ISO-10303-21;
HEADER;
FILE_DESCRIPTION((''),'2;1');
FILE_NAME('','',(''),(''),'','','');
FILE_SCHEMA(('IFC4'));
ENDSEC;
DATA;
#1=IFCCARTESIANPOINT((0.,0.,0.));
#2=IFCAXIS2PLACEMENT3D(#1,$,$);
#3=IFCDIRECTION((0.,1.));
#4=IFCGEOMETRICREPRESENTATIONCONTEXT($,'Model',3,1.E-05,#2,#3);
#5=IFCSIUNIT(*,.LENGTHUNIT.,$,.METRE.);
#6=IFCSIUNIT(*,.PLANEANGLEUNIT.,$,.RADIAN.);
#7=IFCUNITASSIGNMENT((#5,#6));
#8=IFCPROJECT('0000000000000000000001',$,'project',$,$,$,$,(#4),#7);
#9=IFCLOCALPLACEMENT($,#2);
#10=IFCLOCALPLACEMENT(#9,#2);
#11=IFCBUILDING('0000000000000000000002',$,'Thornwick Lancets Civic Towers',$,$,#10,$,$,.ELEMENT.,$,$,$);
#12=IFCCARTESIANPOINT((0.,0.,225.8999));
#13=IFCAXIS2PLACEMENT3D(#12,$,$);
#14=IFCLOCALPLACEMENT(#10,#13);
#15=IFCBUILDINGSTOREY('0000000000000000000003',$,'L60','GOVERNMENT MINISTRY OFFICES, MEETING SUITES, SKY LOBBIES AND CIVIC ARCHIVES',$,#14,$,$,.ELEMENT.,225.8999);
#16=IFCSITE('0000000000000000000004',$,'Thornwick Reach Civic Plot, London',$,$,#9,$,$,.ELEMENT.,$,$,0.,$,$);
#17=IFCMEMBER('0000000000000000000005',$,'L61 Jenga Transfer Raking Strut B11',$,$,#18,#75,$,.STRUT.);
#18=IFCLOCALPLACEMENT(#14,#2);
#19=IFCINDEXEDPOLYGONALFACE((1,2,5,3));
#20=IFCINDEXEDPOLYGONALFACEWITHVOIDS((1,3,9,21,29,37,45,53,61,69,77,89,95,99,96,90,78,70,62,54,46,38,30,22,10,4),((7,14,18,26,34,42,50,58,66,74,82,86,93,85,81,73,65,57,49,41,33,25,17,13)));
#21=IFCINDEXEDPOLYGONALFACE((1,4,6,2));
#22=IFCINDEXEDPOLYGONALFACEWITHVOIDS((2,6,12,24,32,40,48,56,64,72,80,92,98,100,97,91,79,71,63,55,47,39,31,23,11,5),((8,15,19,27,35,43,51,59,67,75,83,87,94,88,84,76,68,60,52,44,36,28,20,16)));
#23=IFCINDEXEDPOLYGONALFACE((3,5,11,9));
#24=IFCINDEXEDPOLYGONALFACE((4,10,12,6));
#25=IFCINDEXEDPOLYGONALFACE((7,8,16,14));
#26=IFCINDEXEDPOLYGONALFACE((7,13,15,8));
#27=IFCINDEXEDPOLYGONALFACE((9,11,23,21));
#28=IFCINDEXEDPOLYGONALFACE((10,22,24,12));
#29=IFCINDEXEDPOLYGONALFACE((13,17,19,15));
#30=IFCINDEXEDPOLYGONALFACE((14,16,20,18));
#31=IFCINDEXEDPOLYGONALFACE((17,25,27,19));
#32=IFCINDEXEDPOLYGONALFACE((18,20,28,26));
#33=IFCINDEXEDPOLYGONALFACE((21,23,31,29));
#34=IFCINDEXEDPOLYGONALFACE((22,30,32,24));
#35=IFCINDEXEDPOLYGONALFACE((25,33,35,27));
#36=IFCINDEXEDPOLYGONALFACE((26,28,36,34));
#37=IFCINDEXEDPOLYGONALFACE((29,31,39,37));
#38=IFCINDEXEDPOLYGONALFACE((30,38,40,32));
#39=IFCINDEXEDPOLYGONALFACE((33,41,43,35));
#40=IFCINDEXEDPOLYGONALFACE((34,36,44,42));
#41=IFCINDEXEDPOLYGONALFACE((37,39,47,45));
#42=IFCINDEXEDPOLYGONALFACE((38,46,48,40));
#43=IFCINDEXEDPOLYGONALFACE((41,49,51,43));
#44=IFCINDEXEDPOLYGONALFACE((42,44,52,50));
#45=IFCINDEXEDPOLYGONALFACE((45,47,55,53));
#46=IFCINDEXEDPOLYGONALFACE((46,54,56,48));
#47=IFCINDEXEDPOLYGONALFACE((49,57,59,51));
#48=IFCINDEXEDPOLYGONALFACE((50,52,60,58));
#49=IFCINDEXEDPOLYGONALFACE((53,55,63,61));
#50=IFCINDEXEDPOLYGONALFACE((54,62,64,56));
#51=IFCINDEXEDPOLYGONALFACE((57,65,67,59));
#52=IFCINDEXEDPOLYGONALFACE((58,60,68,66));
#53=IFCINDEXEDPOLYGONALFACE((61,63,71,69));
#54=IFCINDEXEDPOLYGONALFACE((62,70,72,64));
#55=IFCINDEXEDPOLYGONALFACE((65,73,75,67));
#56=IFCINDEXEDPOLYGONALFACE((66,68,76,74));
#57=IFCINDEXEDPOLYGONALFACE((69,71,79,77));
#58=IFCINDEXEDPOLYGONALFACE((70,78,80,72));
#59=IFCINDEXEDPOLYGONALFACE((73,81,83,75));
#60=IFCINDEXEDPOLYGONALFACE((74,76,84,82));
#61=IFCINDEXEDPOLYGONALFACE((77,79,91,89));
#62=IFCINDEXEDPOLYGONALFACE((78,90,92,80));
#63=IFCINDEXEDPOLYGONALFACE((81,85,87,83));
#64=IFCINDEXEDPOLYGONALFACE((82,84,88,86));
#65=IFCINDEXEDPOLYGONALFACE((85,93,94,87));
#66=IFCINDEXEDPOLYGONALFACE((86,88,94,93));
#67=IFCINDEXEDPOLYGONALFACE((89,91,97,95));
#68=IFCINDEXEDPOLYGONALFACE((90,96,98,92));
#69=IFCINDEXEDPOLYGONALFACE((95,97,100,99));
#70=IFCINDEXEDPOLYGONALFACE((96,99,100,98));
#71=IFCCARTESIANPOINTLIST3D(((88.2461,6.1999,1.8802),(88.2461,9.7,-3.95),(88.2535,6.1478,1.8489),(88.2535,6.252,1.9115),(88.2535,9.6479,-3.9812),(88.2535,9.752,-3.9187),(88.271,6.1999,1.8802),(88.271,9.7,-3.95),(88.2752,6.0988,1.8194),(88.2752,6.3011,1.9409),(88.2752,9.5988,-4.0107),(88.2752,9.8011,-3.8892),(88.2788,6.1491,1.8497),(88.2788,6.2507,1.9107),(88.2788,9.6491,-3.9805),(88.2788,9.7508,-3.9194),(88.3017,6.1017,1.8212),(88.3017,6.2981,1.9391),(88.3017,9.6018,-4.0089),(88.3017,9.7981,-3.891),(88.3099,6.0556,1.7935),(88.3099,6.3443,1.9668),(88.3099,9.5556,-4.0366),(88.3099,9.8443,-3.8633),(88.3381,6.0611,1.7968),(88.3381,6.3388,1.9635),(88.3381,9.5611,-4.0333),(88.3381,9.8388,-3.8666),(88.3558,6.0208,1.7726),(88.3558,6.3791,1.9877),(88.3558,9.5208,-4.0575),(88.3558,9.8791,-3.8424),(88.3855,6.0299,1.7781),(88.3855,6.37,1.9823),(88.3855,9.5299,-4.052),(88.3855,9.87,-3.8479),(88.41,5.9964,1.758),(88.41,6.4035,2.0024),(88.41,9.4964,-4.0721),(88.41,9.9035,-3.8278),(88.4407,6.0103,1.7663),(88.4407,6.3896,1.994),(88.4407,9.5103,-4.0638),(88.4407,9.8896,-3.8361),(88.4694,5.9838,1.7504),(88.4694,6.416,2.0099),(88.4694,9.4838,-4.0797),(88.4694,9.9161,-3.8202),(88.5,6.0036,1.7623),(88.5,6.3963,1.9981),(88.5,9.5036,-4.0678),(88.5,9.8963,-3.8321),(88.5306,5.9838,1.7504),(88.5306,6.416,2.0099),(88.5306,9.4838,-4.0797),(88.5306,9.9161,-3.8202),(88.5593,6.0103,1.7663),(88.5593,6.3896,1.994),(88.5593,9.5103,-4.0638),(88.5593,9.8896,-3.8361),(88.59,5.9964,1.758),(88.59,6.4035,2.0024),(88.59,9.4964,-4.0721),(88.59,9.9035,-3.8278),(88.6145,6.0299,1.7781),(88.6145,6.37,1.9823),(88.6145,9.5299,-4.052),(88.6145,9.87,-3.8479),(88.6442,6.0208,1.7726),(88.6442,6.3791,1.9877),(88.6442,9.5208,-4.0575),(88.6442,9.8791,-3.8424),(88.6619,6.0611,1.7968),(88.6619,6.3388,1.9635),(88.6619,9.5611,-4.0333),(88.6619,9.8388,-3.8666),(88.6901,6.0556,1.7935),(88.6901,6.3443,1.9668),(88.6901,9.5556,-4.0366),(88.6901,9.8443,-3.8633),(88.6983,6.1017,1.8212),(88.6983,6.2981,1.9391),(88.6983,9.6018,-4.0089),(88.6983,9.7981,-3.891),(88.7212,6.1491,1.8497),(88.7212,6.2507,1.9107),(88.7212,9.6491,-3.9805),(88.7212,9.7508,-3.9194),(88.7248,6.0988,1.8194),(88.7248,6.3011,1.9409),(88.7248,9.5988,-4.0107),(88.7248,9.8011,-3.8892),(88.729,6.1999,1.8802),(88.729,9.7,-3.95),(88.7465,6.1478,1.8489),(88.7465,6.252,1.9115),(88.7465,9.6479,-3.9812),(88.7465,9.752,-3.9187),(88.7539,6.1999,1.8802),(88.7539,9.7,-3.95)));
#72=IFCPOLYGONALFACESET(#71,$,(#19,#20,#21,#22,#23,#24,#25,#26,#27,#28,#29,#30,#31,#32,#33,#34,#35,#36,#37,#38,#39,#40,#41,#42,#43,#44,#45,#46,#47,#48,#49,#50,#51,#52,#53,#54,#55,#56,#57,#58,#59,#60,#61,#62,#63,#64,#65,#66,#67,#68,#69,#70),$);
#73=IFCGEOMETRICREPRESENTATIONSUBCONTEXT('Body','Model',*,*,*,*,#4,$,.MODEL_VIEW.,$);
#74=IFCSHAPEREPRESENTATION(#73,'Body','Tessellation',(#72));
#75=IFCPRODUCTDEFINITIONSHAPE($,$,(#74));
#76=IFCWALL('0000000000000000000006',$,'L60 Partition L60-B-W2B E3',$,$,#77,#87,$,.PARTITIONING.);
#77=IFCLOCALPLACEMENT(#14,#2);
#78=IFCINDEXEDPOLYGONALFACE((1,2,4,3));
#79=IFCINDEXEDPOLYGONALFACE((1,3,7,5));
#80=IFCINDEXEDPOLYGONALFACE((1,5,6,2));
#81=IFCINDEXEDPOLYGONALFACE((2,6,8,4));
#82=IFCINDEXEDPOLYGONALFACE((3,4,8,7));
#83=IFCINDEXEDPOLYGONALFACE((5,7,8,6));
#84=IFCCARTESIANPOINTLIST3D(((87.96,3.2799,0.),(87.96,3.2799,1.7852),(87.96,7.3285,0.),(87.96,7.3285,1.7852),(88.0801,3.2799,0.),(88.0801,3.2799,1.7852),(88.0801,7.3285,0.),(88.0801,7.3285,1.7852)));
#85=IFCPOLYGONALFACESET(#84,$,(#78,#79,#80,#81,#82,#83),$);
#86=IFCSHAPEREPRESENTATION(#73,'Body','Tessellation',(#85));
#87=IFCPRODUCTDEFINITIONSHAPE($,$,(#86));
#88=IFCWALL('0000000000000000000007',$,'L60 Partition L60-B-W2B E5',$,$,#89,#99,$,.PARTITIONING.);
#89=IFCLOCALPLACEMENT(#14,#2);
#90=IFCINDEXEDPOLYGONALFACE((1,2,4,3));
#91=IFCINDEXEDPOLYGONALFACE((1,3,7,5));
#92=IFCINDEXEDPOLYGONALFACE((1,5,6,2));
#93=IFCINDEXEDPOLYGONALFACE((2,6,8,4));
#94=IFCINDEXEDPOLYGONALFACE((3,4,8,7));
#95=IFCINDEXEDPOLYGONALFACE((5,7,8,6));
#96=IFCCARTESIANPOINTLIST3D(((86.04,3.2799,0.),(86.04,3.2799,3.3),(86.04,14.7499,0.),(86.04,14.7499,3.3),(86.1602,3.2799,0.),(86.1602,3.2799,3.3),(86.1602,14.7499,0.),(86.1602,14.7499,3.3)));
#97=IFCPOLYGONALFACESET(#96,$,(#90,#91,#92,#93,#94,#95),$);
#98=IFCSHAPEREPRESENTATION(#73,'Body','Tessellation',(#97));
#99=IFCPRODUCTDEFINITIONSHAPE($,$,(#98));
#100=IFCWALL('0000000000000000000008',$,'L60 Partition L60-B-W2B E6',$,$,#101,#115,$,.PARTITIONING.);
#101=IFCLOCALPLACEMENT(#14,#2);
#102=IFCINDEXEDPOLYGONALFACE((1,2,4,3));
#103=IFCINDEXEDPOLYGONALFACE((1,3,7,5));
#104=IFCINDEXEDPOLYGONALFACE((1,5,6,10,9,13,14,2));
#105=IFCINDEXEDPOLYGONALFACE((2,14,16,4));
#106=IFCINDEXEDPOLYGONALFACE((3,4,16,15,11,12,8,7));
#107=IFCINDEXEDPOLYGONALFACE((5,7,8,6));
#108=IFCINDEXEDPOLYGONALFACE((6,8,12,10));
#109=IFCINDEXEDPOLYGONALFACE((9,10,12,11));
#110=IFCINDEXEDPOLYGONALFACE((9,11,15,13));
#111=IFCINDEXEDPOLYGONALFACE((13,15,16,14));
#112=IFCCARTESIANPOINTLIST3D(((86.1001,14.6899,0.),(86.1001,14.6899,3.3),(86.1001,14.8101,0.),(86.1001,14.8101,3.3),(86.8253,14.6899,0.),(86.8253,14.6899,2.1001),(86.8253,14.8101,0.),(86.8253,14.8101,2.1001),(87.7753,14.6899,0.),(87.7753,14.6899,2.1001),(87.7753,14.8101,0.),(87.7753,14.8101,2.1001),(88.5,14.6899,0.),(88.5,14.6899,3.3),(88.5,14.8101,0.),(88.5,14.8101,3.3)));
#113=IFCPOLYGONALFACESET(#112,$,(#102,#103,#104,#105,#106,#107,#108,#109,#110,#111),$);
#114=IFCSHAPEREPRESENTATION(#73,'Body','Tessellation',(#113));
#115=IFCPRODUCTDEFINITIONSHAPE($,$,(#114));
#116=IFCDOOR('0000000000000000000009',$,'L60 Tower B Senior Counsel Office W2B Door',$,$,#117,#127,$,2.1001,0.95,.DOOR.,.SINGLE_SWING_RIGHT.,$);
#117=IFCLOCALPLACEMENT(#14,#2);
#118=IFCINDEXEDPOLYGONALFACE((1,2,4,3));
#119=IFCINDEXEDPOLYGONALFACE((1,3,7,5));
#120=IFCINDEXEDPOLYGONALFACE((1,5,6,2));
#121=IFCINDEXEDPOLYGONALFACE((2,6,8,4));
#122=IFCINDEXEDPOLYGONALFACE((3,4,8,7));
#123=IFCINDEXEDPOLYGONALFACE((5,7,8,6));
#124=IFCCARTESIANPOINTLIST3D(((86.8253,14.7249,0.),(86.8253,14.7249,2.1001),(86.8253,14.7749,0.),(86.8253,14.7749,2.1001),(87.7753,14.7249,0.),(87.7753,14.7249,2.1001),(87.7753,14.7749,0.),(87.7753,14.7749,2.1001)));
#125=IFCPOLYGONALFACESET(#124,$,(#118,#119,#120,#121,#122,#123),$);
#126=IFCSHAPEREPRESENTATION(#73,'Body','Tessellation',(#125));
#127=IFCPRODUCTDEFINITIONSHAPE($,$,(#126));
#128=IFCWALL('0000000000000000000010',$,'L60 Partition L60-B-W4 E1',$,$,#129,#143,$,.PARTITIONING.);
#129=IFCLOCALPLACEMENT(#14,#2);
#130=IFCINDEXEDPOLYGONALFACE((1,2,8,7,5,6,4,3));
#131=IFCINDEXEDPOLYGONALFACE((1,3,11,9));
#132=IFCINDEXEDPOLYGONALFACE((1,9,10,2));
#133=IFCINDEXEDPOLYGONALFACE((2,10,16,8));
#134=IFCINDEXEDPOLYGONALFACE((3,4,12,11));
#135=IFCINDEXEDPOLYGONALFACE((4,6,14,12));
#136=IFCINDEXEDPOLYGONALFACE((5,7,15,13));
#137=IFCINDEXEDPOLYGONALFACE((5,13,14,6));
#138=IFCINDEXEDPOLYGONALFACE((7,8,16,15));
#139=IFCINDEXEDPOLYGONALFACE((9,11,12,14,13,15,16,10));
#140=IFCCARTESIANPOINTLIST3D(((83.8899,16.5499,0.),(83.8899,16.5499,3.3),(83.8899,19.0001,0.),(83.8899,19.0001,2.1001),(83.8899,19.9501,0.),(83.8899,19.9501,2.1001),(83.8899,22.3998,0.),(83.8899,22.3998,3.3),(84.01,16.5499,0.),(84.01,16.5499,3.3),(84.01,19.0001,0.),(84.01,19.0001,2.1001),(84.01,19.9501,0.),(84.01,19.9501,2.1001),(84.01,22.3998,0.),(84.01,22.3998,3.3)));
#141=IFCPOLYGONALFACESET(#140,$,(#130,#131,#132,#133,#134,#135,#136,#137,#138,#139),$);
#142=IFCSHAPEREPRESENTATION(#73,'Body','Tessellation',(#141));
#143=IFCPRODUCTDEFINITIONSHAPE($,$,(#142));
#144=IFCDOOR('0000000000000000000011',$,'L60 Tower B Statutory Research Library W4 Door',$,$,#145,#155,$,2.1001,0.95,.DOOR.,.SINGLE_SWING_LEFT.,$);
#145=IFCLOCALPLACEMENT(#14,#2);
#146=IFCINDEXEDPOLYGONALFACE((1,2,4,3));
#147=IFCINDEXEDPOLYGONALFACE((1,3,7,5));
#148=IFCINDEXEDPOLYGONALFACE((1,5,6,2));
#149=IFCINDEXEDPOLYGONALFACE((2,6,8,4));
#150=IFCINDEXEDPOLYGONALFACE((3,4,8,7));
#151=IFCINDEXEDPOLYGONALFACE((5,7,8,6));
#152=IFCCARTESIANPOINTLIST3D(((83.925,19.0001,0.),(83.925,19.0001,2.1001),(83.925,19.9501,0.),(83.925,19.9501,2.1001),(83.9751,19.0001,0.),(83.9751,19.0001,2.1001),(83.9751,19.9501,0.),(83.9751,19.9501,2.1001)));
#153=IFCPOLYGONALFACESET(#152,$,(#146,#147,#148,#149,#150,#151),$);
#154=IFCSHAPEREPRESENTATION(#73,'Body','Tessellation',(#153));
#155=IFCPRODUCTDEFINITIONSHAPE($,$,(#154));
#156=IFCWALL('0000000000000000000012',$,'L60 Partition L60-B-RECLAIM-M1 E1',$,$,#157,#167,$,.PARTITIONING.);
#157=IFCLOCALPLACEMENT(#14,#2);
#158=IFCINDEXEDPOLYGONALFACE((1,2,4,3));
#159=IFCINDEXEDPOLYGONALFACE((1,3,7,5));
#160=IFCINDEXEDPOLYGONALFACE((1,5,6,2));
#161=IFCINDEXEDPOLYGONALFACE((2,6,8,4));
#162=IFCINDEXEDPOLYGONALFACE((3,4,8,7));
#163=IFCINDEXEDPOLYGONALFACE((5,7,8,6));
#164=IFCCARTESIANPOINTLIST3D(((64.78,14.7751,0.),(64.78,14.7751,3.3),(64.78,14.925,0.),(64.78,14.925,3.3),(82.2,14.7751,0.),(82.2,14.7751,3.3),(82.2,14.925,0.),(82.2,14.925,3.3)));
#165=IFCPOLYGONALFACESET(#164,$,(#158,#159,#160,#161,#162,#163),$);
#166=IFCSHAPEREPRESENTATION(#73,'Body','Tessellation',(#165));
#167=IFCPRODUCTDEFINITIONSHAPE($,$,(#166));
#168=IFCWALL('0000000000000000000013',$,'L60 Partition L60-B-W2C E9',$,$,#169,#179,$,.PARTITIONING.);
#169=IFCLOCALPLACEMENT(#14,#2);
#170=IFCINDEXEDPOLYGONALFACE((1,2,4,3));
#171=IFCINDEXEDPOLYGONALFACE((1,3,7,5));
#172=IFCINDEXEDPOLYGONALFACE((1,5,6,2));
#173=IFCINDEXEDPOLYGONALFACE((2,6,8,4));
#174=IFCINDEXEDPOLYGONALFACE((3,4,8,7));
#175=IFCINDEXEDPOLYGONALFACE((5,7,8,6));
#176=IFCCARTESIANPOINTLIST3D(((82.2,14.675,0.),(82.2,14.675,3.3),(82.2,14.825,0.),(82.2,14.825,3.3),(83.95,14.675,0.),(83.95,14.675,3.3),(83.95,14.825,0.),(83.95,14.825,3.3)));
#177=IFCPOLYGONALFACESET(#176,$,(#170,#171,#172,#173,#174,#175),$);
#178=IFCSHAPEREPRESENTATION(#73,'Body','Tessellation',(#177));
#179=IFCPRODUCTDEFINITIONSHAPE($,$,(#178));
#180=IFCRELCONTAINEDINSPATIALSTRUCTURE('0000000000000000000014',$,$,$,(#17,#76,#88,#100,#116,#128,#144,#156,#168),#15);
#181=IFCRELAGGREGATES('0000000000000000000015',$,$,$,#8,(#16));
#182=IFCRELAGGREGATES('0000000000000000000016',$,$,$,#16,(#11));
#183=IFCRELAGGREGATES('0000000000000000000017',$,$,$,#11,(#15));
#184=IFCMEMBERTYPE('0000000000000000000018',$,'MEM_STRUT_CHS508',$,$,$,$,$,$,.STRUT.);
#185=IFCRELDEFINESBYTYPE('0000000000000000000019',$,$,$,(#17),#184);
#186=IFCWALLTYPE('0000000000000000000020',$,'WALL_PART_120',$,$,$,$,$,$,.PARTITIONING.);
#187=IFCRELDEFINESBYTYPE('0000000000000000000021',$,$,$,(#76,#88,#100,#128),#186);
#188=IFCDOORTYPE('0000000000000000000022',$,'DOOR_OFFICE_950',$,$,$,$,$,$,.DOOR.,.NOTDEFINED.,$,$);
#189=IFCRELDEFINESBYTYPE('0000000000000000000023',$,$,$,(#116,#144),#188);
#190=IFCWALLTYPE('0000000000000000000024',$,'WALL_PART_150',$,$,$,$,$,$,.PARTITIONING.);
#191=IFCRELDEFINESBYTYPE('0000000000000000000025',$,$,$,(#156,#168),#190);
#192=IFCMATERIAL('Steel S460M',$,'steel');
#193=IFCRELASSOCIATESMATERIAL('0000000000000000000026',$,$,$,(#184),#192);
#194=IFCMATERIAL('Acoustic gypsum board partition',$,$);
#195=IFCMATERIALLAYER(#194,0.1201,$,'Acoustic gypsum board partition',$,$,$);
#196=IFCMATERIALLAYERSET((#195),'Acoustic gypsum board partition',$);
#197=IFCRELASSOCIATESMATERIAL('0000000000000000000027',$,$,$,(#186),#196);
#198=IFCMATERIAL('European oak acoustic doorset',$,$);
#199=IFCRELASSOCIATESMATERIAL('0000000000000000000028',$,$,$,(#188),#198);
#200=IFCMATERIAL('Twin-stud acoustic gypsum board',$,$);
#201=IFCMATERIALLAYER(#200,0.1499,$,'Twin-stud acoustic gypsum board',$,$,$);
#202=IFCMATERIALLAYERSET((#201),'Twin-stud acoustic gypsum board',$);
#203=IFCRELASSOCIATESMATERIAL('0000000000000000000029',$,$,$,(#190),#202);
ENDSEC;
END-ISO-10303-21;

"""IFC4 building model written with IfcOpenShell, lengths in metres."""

from ifc_helpers import new_model, si_unit, direction, frame, frame_2d, origin, origin_2d, place, context, subcontext, project, spatial, rectangle, hollow_circle, extrude, material, layer, layer_set, material_profile, profile_set, type_object, element, fill, save


model = new_model("IFC4")

# Units and contexts
model_context = context("Model", 3, precision=1e-05, world=origin(), true_north=direction((0.0, 1.0)))
body_context = subcontext(model_context, "Body", "Model", "MODEL_VIEW")
ifc_project = project(units=[si_unit("LENGTHUNIT", "METRE"), si_unit("PLANEANGLEUNIT", "RADIAN")], contexts=[model_context])

# Site, building, storey
site_placement = place(None, origin())
site = spatial("IfcSite", under=ifc_project, at=site_placement, Name="Thornwick Reach Civic Plot, London", CompositionType="ELEMENT", RefElevation=0.0)
building_placement = place(site_placement, origin())
building = spatial("IfcBuilding", under=site, at=building_placement, Name="Thornwick Lancets Civic Towers", CompositionType="ELEMENT")
storey_placement = place(building_placement, frame((0.0, 0.0, 225.8999)))
storey = spatial("IfcBuildingStorey", under=building, at=storey_placement, Name="L60", Description="GOVERNMENT MINISTRY OFFICES, MEETING SUITES, SKY LOBBIES AND CIVIC ARCHIVES", CompositionType="ELEMENT", Elevation=225.8999)

# Member
ifc_material_1 = material(Name="Steel S460M", Category="steel")
ifc_material_profile_1 = material_profile(ifc_material_1, hollow_circle(Radius=0.2539, WallThickness=0.0249, at=origin_2d()), Name="CHS 508x25")
ifc_profile_set_1 = profile_set([ifc_material_profile_1], Name="Steel S460M")
member_type = type_object("IfcMemberType", Name="MEM_STRUT_CHS508", PredefinedType="STRUT", material=ifc_profile_set_1)
member_placement = place(storey_placement, frame((88.5, 9.7, -3.95), z_axis=(0.0, -0.514707, 0.857366), x_axis=(1.0, 0.0, 0.0)))
element("IfcMember", 1, at=member_placement, inside=storey, type_object=member_type, Name="L61 Jenga Transfer Raking Strut B11", PredefinedType="STRUT", context=body_context, shape_type="SweptSolid", body=[
    extrude(hollow_circle(Radius=0.2539, WallThickness=0.0249, at=origin_2d()), origin(), (0.0, 0.0, 1.0), 6.8),
])

# Walls
ifc_material_2 = material(Name="Acoustic gypsum board partition")
ifc_layer_1 = layer(ifc_material_2, 0.1201, Name="Acoustic gypsum board partition")
ifc_layer_set_1 = layer_set([ifc_layer_1], Name="Acoustic gypsum board partition")
wall_type_1 = type_object("IfcWallType", Name="WALL_PART_120", PredefinedType="PARTITIONING", material=ifc_layer_set_1)
wall_1_placement = place(storey_placement, frame((88.02, 7.3286, 0.0), z_axis=(0.0, 0.0, 1.0), x_axis=(0.0, -1.0, 0.0)))
element("IfcWall", 2, at=wall_1_placement, inside=storey, type_object=wall_type_1, Name="L60 Partition L60-B-W2B E3", PredefinedType="PARTITIONING", context=body_context, shape_type="SweptSolid", body=[
    extrude(rectangle(XDim=4.0486, YDim=0.1201, at=frame_2d((2.0244, 0.0))), origin(), (0.0, 0.0, 1.0), 1.7852),
])
wall_2_placement = place(storey_placement, frame((86.1001, 3.28, 0.0), z_axis=(0.0, 0.0, 1.0), x_axis=(0.0, 1.0, 0.0)))
element("IfcWall", 3, at=wall_2_placement, inside=storey, type_object=wall_type_1, Name="L60 Partition L60-B-W2B E5", PredefinedType="PARTITIONING", context=body_context, shape_type="SweptSolid", body=[
    extrude(rectangle(XDim=11.47, YDim=0.1201, at=frame_2d((5.7349, 0.0))), origin(), (0.0, 0.0, 1.0), 3.3),
])

# Walls, openings, doors
wall_3_placement = place(storey_placement, frame((86.1001, 14.75, 0.0), z_axis=(0.0, 0.0, 1.0), x_axis=(1.0, 0.0, 0.0)))
wall_3 = element("IfcWall", 4, at=wall_3_placement, inside=storey, type_object=wall_type_1, Name="L60 Partition L60-B-W2B E6", PredefinedType="PARTITIONING", context=body_context, shape_type="SweptSolid", body=[
    extrude(rectangle(XDim=2.3999, YDim=0.1201, at=frame_2d((1.2, 0.0))), origin(), (0.0, 0.0, 1.0), 3.3),
])
opening_1_placement = place(wall_3_placement, frame((0.7251, 0.0, 0.0)))
opening_1 = element("IfcOpeningElement", 5, at=opening_1_placement, cuts=wall_3, PredefinedType="OPENING", context=body_context, shape_type="SweptSolid", body=[
    extrude(rectangle(XDim=0.95, YDim=2.1001, at=frame_2d((0.4751, 1.05))), frame((0.0, 0.0701, 0.0), z_axis=(0.0, -1.0, 0.0), x_axis=(1.0, 0.0, 0.0)), (0.0, 0.0, 1.0), 0.1401),
])
ifc_material_3 = material(Name="European oak acoustic doorset")
door_type_1 = type_object("IfcDoorType", Name="DOOR_OFFICE_950", OperationType="NOTDEFINED", PredefinedType="DOOR", material=ifc_material_3)
door_1_placement = place(opening_1_placement, origin())
door_1 = element("IfcDoor", 6, at=door_1_placement, inside=storey, type_object=door_type_1, Name="L60 Tower B Senior Counsel Office W2B Door", OperationType="SINGLE_SWING_RIGHT", OverallHeight=2.1001, OverallWidth=0.95, PredefinedType="DOOR", context=body_context, shape_type="SweptSolid", body=[
    extrude(rectangle(XDim=0.95, YDim=2.1001, at=frame_2d((0.4751, 1.05))), frame((0.0, 0.0249, 0.0), z_axis=(0.0, -1.0, 0.0), x_axis=(1.0, 0.0, 0.0)), (0.0, 0.0, 1.0), 0.05),
])
fill(opening_1, door_1)
wall_4_placement = place(storey_placement, frame((83.95, 16.55, 0.0), z_axis=(0.0, 0.0, 1.0), x_axis=(0.0, 1.0, 0.0)))
wall_4 = element("IfcWall", 7, at=wall_4_placement, inside=storey, type_object=wall_type_1, Name="L60 Partition L60-B-W4 E1", PredefinedType="PARTITIONING", context=body_context, shape_type="SweptSolid", body=[
    extrude(rectangle(XDim=5.8499, YDim=0.1201, at=frame_2d((2.9248, 0.0))), origin(), (0.0, 0.0, 1.0), 3.3),
])
opening_2_placement = place(wall_4_placement, frame((2.45, 0.0, 0.0)))
opening_2 = element("IfcOpeningElement", 8, at=opening_2_placement, cuts=wall_4, PredefinedType="OPENING", context=body_context, shape_type="SweptSolid", body=[
    extrude(rectangle(XDim=0.95, YDim=2.1001, at=frame_2d((0.4751, 1.05))), frame((0.0, 0.0701, 0.0), z_axis=(0.0, -1.0, 0.0), x_axis=(1.0, 0.0, 0.0)), (0.0, 0.0, 1.0), 0.1401),
])
door_2_placement = place(opening_2_placement, origin())
door_2 = element("IfcDoor", 9, at=door_2_placement, inside=storey, type_object=door_type_1, Name="L60 Tower B Statutory Research Library W4 Door", OperationType="SINGLE_SWING_LEFT", OverallHeight=2.1001, OverallWidth=0.95, PredefinedType="DOOR", context=body_context, shape_type="SweptSolid", body=[
    extrude(rectangle(XDim=0.95, YDim=2.1001, at=frame_2d((0.4751, 1.05))), frame((0.0, 0.0249, 0.0), z_axis=(0.0, -1.0, 0.0), x_axis=(1.0, 0.0, 0.0)), (0.0, 0.0, 1.0), 0.05),
])
fill(opening_2, door_2)

# Walls
ifc_material_4 = material(Name="Twin-stud acoustic gypsum board")
ifc_layer_2 = layer(ifc_material_4, 0.1499, Name="Twin-stud acoustic gypsum board")
ifc_layer_set_2 = layer_set([ifc_layer_2], Name="Twin-stud acoustic gypsum board")
wall_type_2 = type_object("IfcWallType", Name="WALL_PART_150", PredefinedType="PARTITIONING", material=ifc_layer_set_2)
wall_5_placement = place(storey_placement, frame((82.2, 14.8501, 0.0), z_axis=(0.0, 0.0, 1.0), x_axis=(-1.0, 0.0, 0.0)))
element("IfcWall", 10, at=wall_5_placement, inside=storey, type_object=wall_type_2, Name="L60 Partition L60-B-RECLAIM-M1 E1", PredefinedType="PARTITIONING", context=body_context, shape_type="SweptSolid", body=[
    extrude(rectangle(XDim=17.4199, YDim=0.1499, at=frame_2d((8.71, 0.0))), origin(), (0.0, 0.0, 1.0), 3.3),
])
wall_6_placement = place(storey_placement, frame((82.2, 14.75, 0.0), z_axis=(0.0, 0.0, 1.0), x_axis=(1.0, 0.0, 0.0)))
element("IfcWall", 11, at=wall_6_placement, inside=storey, type_object=wall_type_2, Name="L60 Partition L60-B-W2C E9", PredefinedType="PARTITIONING", context=body_context, shape_type="SweptSolid", body=[
    extrude(rectangle(XDim=1.75, YDim=0.1499, at=frame_2d((0.875, 0.0))), origin(), (0.0, 0.0, 1.0), 3.3),
])

save(model, "model.ifc")
